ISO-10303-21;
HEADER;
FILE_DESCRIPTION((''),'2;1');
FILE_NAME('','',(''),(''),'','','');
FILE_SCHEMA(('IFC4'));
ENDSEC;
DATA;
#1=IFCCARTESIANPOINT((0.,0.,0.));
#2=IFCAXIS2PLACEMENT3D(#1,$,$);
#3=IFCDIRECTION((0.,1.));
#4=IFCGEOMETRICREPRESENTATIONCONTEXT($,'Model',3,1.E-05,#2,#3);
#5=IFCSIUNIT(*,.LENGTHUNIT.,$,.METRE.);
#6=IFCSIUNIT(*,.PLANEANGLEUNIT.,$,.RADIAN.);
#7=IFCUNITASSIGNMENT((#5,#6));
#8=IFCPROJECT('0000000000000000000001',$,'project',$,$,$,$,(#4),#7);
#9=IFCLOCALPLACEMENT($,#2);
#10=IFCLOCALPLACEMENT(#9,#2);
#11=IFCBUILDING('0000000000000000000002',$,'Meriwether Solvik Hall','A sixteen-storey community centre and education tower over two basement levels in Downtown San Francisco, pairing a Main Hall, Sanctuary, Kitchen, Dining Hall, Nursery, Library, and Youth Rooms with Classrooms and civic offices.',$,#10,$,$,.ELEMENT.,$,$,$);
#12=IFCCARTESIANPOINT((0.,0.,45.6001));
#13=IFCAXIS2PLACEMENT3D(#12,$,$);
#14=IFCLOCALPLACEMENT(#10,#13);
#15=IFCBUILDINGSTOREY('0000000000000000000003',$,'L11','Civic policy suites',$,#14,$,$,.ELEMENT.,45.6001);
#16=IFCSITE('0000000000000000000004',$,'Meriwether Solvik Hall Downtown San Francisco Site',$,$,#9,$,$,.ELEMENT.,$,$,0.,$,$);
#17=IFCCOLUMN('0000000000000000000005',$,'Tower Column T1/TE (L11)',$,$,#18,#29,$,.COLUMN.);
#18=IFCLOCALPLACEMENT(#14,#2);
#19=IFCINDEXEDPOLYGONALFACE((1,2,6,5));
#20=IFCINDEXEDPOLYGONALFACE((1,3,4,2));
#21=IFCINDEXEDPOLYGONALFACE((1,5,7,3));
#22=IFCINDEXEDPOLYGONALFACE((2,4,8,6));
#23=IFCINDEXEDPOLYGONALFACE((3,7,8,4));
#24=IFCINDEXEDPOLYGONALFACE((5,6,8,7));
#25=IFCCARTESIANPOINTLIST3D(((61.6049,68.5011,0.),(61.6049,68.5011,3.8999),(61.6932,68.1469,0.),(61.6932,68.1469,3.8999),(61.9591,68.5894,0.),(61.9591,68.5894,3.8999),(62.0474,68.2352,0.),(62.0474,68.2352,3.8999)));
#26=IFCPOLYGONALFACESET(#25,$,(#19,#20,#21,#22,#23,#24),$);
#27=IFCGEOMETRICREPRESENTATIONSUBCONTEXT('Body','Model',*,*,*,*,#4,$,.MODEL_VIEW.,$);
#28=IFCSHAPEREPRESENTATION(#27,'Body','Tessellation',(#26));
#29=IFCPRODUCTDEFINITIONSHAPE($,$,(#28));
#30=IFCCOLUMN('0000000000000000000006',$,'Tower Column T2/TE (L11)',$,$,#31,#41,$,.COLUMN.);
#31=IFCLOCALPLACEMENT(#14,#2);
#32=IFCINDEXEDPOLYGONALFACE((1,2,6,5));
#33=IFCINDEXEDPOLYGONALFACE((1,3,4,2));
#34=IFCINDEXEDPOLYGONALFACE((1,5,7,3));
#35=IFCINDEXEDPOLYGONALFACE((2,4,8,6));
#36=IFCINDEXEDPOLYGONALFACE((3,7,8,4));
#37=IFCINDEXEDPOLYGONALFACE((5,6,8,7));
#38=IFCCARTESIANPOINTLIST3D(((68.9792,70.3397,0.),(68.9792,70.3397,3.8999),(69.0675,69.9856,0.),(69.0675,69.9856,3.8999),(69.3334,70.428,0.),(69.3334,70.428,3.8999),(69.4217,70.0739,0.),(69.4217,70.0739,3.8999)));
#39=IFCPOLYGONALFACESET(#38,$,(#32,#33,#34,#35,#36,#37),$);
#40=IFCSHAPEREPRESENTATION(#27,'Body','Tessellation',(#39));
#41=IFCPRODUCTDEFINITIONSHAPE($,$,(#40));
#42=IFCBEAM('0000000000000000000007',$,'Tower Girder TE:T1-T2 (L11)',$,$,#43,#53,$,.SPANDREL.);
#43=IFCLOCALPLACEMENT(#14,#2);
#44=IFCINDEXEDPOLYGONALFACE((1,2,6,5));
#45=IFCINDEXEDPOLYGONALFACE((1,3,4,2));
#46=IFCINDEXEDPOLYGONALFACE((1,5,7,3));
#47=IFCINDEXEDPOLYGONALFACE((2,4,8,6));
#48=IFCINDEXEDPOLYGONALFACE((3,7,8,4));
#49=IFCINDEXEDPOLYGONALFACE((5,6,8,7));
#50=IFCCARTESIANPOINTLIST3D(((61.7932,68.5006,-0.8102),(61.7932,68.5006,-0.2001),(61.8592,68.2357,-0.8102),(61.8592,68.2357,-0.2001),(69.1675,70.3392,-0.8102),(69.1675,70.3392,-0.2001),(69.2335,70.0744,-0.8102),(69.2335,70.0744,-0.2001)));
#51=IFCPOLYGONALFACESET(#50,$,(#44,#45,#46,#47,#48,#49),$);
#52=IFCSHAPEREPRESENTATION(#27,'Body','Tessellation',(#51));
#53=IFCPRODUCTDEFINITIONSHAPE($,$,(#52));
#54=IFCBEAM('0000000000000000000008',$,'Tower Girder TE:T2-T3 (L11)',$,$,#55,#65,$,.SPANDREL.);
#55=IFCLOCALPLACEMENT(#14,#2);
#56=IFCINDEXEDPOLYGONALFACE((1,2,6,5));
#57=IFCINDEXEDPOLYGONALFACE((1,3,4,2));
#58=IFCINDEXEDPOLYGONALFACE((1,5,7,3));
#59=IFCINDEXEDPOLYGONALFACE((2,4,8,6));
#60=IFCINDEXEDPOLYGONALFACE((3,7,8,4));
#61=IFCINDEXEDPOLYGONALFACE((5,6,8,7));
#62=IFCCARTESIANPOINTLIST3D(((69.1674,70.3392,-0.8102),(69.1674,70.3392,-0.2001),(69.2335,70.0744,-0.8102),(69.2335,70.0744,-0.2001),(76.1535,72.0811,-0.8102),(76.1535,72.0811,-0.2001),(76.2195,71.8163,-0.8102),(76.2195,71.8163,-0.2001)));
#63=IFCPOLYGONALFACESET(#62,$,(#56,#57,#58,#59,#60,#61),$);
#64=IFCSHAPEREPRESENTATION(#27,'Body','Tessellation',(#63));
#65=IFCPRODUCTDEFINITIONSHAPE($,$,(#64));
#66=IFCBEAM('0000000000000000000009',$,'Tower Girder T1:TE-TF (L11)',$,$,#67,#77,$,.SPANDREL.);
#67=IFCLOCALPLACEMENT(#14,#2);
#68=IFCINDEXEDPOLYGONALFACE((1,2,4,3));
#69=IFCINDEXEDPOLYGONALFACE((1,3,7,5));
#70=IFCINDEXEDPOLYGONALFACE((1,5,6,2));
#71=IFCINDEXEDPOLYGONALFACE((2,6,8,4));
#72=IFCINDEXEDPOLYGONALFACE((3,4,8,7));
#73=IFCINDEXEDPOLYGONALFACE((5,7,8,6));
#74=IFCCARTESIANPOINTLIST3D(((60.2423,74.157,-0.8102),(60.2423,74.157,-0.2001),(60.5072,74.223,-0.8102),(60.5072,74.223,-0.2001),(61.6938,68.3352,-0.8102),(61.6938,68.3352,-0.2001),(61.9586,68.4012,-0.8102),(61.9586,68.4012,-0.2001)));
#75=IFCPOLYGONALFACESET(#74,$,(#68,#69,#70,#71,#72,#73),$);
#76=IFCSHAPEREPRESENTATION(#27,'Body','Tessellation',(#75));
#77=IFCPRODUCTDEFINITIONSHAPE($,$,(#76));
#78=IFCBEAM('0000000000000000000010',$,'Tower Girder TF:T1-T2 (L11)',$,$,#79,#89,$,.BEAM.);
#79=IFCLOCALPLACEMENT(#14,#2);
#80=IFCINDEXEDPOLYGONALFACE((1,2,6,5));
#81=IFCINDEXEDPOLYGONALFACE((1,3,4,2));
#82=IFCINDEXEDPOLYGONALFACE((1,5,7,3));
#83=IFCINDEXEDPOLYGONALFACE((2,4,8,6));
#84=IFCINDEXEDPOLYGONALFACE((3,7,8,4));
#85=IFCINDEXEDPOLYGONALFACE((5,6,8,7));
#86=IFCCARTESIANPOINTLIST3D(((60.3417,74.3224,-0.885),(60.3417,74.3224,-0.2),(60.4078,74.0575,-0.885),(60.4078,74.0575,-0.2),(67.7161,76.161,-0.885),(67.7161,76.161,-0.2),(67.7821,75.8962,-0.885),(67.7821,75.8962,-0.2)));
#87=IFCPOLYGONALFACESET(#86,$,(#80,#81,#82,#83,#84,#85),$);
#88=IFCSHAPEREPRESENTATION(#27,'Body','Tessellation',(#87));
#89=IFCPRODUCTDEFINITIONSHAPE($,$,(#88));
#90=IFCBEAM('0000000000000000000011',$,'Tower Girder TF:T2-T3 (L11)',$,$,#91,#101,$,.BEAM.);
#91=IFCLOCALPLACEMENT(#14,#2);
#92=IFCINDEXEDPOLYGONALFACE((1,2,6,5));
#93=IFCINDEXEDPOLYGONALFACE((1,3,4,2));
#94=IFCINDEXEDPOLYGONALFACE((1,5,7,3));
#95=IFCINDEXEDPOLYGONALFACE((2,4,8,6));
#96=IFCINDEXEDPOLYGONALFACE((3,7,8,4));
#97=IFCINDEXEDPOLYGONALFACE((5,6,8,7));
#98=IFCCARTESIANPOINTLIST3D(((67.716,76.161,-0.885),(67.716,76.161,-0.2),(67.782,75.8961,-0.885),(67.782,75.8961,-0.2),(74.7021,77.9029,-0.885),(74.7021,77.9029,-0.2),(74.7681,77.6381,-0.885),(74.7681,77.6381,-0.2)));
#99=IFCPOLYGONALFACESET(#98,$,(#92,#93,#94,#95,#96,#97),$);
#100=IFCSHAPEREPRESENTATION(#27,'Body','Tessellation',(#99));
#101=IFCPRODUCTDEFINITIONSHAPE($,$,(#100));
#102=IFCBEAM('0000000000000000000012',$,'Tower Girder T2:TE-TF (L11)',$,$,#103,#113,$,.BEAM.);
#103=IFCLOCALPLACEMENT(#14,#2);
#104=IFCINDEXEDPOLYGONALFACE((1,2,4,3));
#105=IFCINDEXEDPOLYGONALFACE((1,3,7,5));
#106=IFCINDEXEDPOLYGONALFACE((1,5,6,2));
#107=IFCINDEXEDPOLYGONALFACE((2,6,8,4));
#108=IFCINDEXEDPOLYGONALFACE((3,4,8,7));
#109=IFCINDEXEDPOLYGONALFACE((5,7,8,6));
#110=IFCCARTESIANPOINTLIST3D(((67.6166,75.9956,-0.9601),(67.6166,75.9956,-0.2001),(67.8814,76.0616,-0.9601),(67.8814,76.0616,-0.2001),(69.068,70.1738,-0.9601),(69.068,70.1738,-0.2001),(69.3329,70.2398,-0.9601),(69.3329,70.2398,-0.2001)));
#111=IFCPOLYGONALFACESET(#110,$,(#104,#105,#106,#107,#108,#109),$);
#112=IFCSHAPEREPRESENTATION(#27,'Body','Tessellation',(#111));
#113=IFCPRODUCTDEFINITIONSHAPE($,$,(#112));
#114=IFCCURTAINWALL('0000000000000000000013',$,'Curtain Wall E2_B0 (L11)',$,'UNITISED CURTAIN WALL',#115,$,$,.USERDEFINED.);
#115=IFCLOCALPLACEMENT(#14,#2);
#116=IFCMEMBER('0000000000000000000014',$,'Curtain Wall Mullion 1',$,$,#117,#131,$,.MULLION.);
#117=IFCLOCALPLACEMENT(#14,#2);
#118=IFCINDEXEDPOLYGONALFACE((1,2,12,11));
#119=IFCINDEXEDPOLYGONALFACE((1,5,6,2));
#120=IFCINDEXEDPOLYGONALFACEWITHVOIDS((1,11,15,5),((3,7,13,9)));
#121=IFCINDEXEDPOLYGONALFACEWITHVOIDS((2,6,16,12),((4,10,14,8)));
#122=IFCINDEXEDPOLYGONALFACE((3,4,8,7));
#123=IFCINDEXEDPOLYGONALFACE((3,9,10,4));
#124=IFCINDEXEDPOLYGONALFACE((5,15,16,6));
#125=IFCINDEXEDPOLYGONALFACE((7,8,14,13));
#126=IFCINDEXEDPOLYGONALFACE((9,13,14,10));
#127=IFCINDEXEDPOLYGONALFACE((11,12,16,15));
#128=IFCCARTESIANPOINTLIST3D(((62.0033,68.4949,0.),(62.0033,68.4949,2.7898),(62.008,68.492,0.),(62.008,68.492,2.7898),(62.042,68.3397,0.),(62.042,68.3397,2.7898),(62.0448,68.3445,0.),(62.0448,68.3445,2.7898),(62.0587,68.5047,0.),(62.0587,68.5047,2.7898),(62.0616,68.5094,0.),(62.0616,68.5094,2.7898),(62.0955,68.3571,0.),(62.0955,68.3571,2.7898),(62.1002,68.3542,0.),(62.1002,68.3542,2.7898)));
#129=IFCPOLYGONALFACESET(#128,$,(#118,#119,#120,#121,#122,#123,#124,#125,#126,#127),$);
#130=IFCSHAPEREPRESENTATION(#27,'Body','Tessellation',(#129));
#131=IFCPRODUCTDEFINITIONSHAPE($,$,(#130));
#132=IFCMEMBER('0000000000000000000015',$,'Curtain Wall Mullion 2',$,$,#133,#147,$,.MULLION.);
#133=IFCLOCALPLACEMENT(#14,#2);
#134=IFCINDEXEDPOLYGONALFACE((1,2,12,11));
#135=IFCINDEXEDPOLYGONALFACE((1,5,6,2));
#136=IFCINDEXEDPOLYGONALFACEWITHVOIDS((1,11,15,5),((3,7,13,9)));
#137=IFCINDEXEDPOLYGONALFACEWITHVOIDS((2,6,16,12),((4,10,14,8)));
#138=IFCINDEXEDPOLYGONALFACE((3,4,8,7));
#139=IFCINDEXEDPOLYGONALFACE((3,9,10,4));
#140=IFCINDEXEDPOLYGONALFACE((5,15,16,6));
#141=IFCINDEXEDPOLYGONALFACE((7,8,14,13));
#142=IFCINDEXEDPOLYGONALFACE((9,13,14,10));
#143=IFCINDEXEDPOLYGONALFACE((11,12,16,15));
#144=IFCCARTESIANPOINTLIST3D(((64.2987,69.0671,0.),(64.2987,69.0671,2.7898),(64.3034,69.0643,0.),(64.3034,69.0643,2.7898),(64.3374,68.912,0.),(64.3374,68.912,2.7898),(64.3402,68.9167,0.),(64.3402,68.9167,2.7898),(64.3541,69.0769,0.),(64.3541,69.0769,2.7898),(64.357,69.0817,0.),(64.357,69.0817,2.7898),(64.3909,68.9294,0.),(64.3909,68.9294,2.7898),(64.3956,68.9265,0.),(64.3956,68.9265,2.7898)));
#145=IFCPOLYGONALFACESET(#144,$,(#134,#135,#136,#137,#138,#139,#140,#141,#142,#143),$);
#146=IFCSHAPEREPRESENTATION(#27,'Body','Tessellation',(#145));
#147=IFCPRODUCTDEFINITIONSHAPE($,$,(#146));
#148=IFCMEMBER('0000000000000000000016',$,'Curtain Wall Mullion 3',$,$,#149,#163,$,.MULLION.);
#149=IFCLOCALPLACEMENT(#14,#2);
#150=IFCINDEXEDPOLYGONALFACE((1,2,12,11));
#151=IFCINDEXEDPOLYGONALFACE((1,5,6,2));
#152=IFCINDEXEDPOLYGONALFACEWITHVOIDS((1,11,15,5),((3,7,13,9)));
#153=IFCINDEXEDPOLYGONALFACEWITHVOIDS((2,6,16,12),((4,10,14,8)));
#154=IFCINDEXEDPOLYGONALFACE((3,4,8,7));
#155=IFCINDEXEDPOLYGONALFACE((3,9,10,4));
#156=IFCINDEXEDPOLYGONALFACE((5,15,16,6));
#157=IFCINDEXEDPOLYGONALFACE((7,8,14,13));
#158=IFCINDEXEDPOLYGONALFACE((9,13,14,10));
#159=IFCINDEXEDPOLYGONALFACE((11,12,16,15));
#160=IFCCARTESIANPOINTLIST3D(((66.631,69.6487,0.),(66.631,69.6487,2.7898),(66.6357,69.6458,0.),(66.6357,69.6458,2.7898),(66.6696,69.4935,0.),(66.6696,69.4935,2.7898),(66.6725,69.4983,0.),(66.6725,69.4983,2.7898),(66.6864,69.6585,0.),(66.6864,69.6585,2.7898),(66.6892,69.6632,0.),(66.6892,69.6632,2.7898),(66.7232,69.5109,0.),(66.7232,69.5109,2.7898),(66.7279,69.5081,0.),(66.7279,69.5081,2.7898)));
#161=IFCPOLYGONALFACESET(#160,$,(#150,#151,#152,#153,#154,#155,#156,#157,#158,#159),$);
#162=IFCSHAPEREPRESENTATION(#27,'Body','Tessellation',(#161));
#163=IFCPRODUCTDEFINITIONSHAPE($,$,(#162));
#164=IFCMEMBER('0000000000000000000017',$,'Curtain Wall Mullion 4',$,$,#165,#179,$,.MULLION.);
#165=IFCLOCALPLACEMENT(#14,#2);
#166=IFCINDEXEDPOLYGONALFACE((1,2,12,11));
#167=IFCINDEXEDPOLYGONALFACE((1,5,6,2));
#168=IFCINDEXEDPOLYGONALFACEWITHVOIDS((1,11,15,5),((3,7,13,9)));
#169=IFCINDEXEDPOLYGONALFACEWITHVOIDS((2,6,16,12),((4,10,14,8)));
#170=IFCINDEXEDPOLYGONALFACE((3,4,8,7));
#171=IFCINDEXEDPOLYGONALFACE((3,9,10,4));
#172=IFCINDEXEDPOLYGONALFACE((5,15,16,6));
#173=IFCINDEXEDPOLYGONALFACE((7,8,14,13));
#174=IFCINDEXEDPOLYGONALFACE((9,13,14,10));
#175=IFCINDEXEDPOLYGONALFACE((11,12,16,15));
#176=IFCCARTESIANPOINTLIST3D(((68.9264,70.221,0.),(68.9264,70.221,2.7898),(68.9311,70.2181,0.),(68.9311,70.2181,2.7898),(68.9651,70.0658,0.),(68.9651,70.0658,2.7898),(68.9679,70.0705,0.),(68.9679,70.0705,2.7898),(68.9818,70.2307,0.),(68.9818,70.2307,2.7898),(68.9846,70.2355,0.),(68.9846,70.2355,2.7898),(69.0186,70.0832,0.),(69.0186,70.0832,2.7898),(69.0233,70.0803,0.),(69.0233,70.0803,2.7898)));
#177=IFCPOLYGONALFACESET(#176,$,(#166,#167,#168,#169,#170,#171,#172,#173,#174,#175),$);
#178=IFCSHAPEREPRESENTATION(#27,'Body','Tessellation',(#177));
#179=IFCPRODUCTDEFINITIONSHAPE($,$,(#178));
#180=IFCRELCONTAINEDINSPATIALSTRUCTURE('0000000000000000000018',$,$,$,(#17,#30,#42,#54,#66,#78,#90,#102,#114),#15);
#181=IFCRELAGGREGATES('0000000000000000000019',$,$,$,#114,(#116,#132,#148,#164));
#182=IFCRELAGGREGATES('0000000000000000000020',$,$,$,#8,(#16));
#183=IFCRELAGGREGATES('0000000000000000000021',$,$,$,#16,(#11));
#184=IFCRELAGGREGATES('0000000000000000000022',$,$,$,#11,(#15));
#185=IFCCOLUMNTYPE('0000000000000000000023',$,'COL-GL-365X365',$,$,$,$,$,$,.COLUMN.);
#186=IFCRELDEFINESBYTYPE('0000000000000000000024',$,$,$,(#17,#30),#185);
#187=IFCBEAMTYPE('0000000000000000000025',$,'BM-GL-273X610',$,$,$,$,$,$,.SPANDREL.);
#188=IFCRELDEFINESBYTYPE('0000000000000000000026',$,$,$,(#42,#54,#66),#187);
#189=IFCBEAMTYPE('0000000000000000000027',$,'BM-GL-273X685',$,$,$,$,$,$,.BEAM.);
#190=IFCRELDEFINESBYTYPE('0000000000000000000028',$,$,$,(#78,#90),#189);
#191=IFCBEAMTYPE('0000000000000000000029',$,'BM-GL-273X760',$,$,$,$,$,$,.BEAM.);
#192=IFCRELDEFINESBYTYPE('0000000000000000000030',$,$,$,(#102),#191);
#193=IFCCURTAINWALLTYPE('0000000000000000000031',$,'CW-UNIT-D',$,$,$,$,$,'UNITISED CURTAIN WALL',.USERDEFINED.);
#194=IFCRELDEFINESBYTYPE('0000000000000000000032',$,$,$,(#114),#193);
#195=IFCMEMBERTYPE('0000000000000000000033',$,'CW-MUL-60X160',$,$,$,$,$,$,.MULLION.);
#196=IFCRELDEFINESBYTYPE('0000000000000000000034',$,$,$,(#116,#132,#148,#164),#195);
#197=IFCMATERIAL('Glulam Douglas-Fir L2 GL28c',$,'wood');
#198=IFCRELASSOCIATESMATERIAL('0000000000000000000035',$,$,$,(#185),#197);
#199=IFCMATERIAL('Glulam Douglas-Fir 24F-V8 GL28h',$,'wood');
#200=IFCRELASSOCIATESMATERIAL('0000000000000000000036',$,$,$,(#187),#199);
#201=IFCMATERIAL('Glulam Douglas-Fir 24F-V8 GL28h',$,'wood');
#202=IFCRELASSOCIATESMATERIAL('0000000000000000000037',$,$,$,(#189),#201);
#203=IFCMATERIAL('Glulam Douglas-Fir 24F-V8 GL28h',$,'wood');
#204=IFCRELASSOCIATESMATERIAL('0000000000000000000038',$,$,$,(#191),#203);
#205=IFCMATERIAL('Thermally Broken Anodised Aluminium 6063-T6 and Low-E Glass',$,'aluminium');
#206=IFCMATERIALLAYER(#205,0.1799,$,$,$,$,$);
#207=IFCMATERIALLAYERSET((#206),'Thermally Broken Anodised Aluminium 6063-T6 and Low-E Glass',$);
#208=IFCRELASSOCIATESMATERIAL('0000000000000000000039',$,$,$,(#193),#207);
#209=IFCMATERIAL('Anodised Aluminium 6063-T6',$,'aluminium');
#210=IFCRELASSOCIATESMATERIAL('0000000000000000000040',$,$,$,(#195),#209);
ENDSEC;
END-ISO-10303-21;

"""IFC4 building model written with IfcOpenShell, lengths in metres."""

from ifc_helpers import new_model, si_unit, direction, frame, origin, origin_2d, place, context, subcontext, project, spatial, rectangle, hollow_rectangle, extrude, material, layer, layer_set, material_profile, profile_set, type_object, element, aggregate, save


model = new_model("IFC4")

# Units and contexts
model_context = context("Model", 3, precision=1e-05, world=origin(), true_north=direction((0.0, 1.0)))
body_context = subcontext(model_context, "Body", "Model", "MODEL_VIEW")
ifc_project = project(units=[si_unit("LENGTHUNIT", "METRE"), si_unit("PLANEANGLEUNIT", "RADIAN")], contexts=[model_context])

# Site, building, storey
site_placement = place(None, origin())
site = spatial("IfcSite", under=ifc_project, at=site_placement, Name="Meriwether Solvik Hall Downtown San Francisco Site", CompositionType="ELEMENT", RefElevation=0.0)
building_placement = place(site_placement, origin())
building = spatial("IfcBuilding", under=site, at=building_placement, Name="Meriwether Solvik Hall", Description="A sixteen-storey community centre and education tower over two basement levels in Downtown San Francisco, pairing a Main Hall, Sanctuary, Kitchen, Dining Hall, Nursery, Library, and Youth Rooms with Classrooms and civic offices.", CompositionType="ELEMENT")
storey_placement = place(building_placement, frame((0.0, 0.0, 45.6001)))
storey = spatial("IfcBuildingStorey", under=building, at=storey_placement, Name="L11", Description="Civic policy suites", CompositionType="ELEMENT", Elevation=45.6001)

# Columns
ifc_material_1 = material(Name="Glulam Douglas-Fir L2 GL28c", Category="wood")
ifc_material_profile_1 = material_profile(ifc_material_1, rectangle(XDim=0.365, YDim=0.365, at=origin_2d()), Name="GLC-365X365")
ifc_profile_set_1 = profile_set([ifc_material_profile_1], Name="Glulam Douglas-Fir L2 GL28c")
column_type = type_object("IfcColumnType", Name="COL-GL-365X365", PredefinedType="COLUMN", material=ifc_profile_set_1)
for number, where, z_axis, x_axis, name in (
    (1, (61.8262, 68.3682, 0.0), (0.0, 0.0, 1.0), (0.970296, 0.241922, 0.0), "Tower Column T1/TE (L11)"),
    (2, (69.2004, 70.2068, 0.0), (0.0, 0.0, 1.0), (0.970296, 0.241922, 0.0), "Tower Column T2/TE (L11)"),
):
    element("IfcColumn", number, at=place(storey_placement, frame(where, z_axis=z_axis, x_axis=x_axis)), inside=storey, type_object=column_type, Name=name, PredefinedType="COLUMN", context=body_context, shape_type="SweptSolid", body=[
        extrude(rectangle(XDim=0.365, YDim=0.365, at=origin_2d()), origin(), (0.0, 0.0, 1.0), 3.8999),
    ])

# Beams
ifc_material_2 = material(Name="Glulam Douglas-Fir 24F-V8 GL28h", Category="wood")
ifc_material_profile_2 = material_profile(ifc_material_2, rectangle(XDim=0.2729, YDim=0.6101, at=origin_2d()), Name="GLB-273X610")
ifc_profile_set_2 = profile_set([ifc_material_profile_2], Name="Glulam Douglas-Fir 24F-V8 GL28h")
beam_type_1 = type_object("IfcBeamType", Name="BM-GL-273X610", PredefinedType="SPANDREL", material=ifc_profile_set_2)
beam_1_placement = place(storey_placement, frame((61.8262, 68.3682, -0.5051), z_axis=(0.970295, 0.241923, 0.0), x_axis=(-0.241923, 0.970295, 0.0)))
element("IfcBeam", 3, at=beam_1_placement, inside=storey, type_object=beam_type_1, Name="Tower Girder TE:T1-T2 (L11)", PredefinedType="SPANDREL", context=body_context, shape_type="SweptSolid", body=[
    extrude(rectangle(XDim=0.2729, YDim=0.6101, at=origin_2d()), origin(), (0.0, 0.0, 1.0), 7.6001),
])
beam_2_placement = place(storey_placement, frame((69.2004, 70.2068, -0.5051), z_axis=(0.970292, 0.241937, 0.0), x_axis=(-0.241937, 0.970292, 0.0)))
element("IfcBeam", 4, at=beam_2_placement, inside=storey, type_object=beam_type_1, Name="Tower Girder TE:T2-T3 (L11)", PredefinedType="SPANDREL", context=body_context, shape_type="SweptSolid", body=[
    extrude(rectangle(XDim=0.2729, YDim=0.6101, at=origin_2d()), origin(), (0.0, 0.0, 1.0), 7.2),
])
beam_3_placement = place(storey_placement, frame((61.8262, 68.3682, -0.5051), z_axis=(-0.241904, 0.9703, 0.0), x_axis=(-0.9703, -0.241904, 0.0)))
element("IfcBeam", 5, at=beam_3_placement, inside=storey, type_object=beam_type_1, Name="Tower Girder T1:TE-TF (L11)", PredefinedType="SPANDREL", context=body_context, shape_type="SweptSolid", body=[
    extrude(rectangle(XDim=0.2729, YDim=0.6101, at=origin_2d()), origin(), (0.0, 0.0, 1.0), 6.0),
])
ifc_material_3 = material(Name="Glulam Douglas-Fir 24F-V8 GL28h", Category="wood")
ifc_material_profile_3 = material_profile(ifc_material_3, rectangle(XDim=0.2729, YDim=0.6851, at=origin_2d()), Name="GLB-273X685")
ifc_profile_set_3 = profile_set([ifc_material_profile_3], Name="Glulam Douglas-Fir 24F-V8 GL28h")
beam_type_2 = type_object("IfcBeamType", Name="BM-GL-273X685", PredefinedType="BEAM", material=ifc_profile_set_3)
beam_4_placement = place(storey_placement, frame((60.3748, 74.1899, -0.5425), z_axis=(0.970295, 0.241923, 0.0), x_axis=(-0.241923, 0.970295, 0.0)))
element("IfcBeam", 6, at=beam_4_placement, inside=storey, type_object=beam_type_2, Name="Tower Girder TF:T1-T2 (L11)", PredefinedType="BEAM", context=body_context, shape_type="SweptSolid", body=[
    extrude(rectangle(XDim=0.2729, YDim=0.6851, at=origin_2d()), origin(), (0.0, 0.0, 1.0), 7.6001),
])
beam_5_placement = place(storey_placement, frame((67.749, 76.0286, -0.5425), z_axis=(0.970292, 0.241937, 0.0), x_axis=(-0.241937, 0.970292, 0.0)))
element("IfcBeam", 7, at=beam_5_placement, inside=storey, type_object=beam_type_2, Name="Tower Girder TF:T2-T3 (L11)", PredefinedType="BEAM", context=body_context, shape_type="SweptSolid", body=[
    extrude(rectangle(XDim=0.2729, YDim=0.6851, at=origin_2d()), origin(), (0.0, 0.0, 1.0), 7.2),
])
ifc_material_4 = material(Name="Glulam Douglas-Fir 24F-V8 GL28h", Category="wood")
ifc_material_profile_4 = material_profile(ifc_material_4, rectangle(XDim=0.2729, YDim=0.76, at=origin_2d()), Name="GLB-273X760")
ifc_profile_set_4 = profile_set([ifc_material_profile_4], Name="Glulam Douglas-Fir 24F-V8 GL28h")
beam_type_3 = type_object("IfcBeamType", Name="BM-GL-273X760", PredefinedType="BEAM", material=ifc_profile_set_4)
beam_6_placement = place(storey_placement, frame((69.2004, 70.2068, -0.5801), z_axis=(-0.241904, 0.9703, 0.0), x_axis=(-0.9703, -0.241904, 0.0)))
element("IfcBeam", 8, at=beam_6_placement, inside=storey, type_object=beam_type_3, Name="Tower Girder T2:TE-TF (L11)", PredefinedType="BEAM", context=body_context, shape_type="SweptSolid", body=[
    extrude(rectangle(XDim=0.2729, YDim=0.76, at=origin_2d()), origin(), (0.0, 0.0, 1.0), 6.0),
])

# Curtain wall, members
ifc_material_5 = material(Name="Thermally Broken Anodised Aluminium 6063-T6 and Low-E Glass", Category="aluminium")
ifc_layer_1 = layer(ifc_material_5, 0.1799)
ifc_layer_set_1 = layer_set([ifc_layer_1], Name="Thermally Broken Anodised Aluminium 6063-T6 and Low-E Glass")
curtain_wall_type_1 = type_object("IfcCurtainWallType", Name="CW-UNIT-D", ElementType="UNITISED CURTAIN WALL", PredefinedType="USERDEFINED", material=ifc_layer_set_1)
curtain_wall_1_placement = place(storey_placement, origin())
curtain_wall_1 = element("IfcCurtainWall", 9, at=curtain_wall_1_placement, inside=storey, type_object=curtain_wall_type_1, Name="Curtain Wall E2_B0 (L11)", ObjectType="UNITISED CURTAIN WALL", PredefinedType="USERDEFINED")
ifc_material_6 = material(Name="Anodised Aluminium 6063-T6", Category="aluminium")
ifc_material_profile_5 = material_profile(ifc_material_6, hollow_rectangle(XDim=0.0601, YDim=0.1599, WallThickness=0.0039, at=origin_2d()), Name="CWM-60X160")
ifc_profile_set_5 = profile_set([ifc_material_profile_5], Name="Anodised Aluminium 6063-T6")
member_type_1 = type_object("IfcMemberType", Name="CW-MUL-60X160", PredefinedType="MULLION", material=ifc_profile_set_5)
member_1_placement = place(storey_placement, frame((62.0518, 68.4246, 0.0), z_axis=(0.0, 0.0, 1.0), x_axis=(0.970296, 0.241922, 0.0)))
member_1 = element("IfcMember", 10, at=member_1_placement, type_object=member_type_1, Name="Curtain Wall Mullion 1", PredefinedType="MULLION", context=body_context, shape_type="SweptSolid", body=[
    extrude(hollow_rectangle(XDim=0.0601, YDim=0.1599, WallThickness=0.0039, at=origin_2d()), origin(), (0.0, 0.0, 1.0), 2.7898),
])
member_2_placement = place(storey_placement, frame((64.3472, 68.9968, 0.0), z_axis=(0.0, 0.0, 1.0), x_axis=(0.970296, 0.241922, 0.0)))
member_2 = element("IfcMember", 11, at=member_2_placement, type_object=member_type_1, Name="Curtain Wall Mullion 2", PredefinedType="MULLION", context=body_context, shape_type="SweptSolid", body=[
    extrude(hollow_rectangle(XDim=0.0601, YDim=0.1599, WallThickness=0.0039, at=origin_2d()), origin(), (0.0, 0.0, 1.0), 2.7898),
])
member_3_placement = place(storey_placement, frame((66.6794, 69.5784, 0.0), z_axis=(0.0, 0.0, 1.0), x_axis=(0.970296, 0.241922, 0.0)))
member_3 = element("IfcMember", 12, at=member_3_placement, type_object=member_type_1, Name="Curtain Wall Mullion 3", PredefinedType="MULLION", context=body_context, shape_type="SweptSolid", body=[
    extrude(hollow_rectangle(XDim=0.0601, YDim=0.1599, WallThickness=0.0039, at=origin_2d()), origin(), (0.0, 0.0, 1.0), 2.7898),
])
member_4_placement = place(storey_placement, frame((68.9749, 70.1506, 0.0), z_axis=(0.0, 0.0, 1.0), x_axis=(0.970296, 0.241922, 0.0)))
member_4 = element("IfcMember", 13, at=member_4_placement, type_object=member_type_1, Name="Curtain Wall Mullion 4", PredefinedType="MULLION", context=body_context, shape_type="SweptSolid", body=[
    extrude(hollow_rectangle(XDim=0.0601, YDim=0.1599, WallThickness=0.0039, at=origin_2d()), origin(), (0.0, 0.0, 1.0), 2.7898),
])

aggregate(curtain_wall_1, [member_1, member_2, member_3, member_4])

save(model, "model.ifc")
